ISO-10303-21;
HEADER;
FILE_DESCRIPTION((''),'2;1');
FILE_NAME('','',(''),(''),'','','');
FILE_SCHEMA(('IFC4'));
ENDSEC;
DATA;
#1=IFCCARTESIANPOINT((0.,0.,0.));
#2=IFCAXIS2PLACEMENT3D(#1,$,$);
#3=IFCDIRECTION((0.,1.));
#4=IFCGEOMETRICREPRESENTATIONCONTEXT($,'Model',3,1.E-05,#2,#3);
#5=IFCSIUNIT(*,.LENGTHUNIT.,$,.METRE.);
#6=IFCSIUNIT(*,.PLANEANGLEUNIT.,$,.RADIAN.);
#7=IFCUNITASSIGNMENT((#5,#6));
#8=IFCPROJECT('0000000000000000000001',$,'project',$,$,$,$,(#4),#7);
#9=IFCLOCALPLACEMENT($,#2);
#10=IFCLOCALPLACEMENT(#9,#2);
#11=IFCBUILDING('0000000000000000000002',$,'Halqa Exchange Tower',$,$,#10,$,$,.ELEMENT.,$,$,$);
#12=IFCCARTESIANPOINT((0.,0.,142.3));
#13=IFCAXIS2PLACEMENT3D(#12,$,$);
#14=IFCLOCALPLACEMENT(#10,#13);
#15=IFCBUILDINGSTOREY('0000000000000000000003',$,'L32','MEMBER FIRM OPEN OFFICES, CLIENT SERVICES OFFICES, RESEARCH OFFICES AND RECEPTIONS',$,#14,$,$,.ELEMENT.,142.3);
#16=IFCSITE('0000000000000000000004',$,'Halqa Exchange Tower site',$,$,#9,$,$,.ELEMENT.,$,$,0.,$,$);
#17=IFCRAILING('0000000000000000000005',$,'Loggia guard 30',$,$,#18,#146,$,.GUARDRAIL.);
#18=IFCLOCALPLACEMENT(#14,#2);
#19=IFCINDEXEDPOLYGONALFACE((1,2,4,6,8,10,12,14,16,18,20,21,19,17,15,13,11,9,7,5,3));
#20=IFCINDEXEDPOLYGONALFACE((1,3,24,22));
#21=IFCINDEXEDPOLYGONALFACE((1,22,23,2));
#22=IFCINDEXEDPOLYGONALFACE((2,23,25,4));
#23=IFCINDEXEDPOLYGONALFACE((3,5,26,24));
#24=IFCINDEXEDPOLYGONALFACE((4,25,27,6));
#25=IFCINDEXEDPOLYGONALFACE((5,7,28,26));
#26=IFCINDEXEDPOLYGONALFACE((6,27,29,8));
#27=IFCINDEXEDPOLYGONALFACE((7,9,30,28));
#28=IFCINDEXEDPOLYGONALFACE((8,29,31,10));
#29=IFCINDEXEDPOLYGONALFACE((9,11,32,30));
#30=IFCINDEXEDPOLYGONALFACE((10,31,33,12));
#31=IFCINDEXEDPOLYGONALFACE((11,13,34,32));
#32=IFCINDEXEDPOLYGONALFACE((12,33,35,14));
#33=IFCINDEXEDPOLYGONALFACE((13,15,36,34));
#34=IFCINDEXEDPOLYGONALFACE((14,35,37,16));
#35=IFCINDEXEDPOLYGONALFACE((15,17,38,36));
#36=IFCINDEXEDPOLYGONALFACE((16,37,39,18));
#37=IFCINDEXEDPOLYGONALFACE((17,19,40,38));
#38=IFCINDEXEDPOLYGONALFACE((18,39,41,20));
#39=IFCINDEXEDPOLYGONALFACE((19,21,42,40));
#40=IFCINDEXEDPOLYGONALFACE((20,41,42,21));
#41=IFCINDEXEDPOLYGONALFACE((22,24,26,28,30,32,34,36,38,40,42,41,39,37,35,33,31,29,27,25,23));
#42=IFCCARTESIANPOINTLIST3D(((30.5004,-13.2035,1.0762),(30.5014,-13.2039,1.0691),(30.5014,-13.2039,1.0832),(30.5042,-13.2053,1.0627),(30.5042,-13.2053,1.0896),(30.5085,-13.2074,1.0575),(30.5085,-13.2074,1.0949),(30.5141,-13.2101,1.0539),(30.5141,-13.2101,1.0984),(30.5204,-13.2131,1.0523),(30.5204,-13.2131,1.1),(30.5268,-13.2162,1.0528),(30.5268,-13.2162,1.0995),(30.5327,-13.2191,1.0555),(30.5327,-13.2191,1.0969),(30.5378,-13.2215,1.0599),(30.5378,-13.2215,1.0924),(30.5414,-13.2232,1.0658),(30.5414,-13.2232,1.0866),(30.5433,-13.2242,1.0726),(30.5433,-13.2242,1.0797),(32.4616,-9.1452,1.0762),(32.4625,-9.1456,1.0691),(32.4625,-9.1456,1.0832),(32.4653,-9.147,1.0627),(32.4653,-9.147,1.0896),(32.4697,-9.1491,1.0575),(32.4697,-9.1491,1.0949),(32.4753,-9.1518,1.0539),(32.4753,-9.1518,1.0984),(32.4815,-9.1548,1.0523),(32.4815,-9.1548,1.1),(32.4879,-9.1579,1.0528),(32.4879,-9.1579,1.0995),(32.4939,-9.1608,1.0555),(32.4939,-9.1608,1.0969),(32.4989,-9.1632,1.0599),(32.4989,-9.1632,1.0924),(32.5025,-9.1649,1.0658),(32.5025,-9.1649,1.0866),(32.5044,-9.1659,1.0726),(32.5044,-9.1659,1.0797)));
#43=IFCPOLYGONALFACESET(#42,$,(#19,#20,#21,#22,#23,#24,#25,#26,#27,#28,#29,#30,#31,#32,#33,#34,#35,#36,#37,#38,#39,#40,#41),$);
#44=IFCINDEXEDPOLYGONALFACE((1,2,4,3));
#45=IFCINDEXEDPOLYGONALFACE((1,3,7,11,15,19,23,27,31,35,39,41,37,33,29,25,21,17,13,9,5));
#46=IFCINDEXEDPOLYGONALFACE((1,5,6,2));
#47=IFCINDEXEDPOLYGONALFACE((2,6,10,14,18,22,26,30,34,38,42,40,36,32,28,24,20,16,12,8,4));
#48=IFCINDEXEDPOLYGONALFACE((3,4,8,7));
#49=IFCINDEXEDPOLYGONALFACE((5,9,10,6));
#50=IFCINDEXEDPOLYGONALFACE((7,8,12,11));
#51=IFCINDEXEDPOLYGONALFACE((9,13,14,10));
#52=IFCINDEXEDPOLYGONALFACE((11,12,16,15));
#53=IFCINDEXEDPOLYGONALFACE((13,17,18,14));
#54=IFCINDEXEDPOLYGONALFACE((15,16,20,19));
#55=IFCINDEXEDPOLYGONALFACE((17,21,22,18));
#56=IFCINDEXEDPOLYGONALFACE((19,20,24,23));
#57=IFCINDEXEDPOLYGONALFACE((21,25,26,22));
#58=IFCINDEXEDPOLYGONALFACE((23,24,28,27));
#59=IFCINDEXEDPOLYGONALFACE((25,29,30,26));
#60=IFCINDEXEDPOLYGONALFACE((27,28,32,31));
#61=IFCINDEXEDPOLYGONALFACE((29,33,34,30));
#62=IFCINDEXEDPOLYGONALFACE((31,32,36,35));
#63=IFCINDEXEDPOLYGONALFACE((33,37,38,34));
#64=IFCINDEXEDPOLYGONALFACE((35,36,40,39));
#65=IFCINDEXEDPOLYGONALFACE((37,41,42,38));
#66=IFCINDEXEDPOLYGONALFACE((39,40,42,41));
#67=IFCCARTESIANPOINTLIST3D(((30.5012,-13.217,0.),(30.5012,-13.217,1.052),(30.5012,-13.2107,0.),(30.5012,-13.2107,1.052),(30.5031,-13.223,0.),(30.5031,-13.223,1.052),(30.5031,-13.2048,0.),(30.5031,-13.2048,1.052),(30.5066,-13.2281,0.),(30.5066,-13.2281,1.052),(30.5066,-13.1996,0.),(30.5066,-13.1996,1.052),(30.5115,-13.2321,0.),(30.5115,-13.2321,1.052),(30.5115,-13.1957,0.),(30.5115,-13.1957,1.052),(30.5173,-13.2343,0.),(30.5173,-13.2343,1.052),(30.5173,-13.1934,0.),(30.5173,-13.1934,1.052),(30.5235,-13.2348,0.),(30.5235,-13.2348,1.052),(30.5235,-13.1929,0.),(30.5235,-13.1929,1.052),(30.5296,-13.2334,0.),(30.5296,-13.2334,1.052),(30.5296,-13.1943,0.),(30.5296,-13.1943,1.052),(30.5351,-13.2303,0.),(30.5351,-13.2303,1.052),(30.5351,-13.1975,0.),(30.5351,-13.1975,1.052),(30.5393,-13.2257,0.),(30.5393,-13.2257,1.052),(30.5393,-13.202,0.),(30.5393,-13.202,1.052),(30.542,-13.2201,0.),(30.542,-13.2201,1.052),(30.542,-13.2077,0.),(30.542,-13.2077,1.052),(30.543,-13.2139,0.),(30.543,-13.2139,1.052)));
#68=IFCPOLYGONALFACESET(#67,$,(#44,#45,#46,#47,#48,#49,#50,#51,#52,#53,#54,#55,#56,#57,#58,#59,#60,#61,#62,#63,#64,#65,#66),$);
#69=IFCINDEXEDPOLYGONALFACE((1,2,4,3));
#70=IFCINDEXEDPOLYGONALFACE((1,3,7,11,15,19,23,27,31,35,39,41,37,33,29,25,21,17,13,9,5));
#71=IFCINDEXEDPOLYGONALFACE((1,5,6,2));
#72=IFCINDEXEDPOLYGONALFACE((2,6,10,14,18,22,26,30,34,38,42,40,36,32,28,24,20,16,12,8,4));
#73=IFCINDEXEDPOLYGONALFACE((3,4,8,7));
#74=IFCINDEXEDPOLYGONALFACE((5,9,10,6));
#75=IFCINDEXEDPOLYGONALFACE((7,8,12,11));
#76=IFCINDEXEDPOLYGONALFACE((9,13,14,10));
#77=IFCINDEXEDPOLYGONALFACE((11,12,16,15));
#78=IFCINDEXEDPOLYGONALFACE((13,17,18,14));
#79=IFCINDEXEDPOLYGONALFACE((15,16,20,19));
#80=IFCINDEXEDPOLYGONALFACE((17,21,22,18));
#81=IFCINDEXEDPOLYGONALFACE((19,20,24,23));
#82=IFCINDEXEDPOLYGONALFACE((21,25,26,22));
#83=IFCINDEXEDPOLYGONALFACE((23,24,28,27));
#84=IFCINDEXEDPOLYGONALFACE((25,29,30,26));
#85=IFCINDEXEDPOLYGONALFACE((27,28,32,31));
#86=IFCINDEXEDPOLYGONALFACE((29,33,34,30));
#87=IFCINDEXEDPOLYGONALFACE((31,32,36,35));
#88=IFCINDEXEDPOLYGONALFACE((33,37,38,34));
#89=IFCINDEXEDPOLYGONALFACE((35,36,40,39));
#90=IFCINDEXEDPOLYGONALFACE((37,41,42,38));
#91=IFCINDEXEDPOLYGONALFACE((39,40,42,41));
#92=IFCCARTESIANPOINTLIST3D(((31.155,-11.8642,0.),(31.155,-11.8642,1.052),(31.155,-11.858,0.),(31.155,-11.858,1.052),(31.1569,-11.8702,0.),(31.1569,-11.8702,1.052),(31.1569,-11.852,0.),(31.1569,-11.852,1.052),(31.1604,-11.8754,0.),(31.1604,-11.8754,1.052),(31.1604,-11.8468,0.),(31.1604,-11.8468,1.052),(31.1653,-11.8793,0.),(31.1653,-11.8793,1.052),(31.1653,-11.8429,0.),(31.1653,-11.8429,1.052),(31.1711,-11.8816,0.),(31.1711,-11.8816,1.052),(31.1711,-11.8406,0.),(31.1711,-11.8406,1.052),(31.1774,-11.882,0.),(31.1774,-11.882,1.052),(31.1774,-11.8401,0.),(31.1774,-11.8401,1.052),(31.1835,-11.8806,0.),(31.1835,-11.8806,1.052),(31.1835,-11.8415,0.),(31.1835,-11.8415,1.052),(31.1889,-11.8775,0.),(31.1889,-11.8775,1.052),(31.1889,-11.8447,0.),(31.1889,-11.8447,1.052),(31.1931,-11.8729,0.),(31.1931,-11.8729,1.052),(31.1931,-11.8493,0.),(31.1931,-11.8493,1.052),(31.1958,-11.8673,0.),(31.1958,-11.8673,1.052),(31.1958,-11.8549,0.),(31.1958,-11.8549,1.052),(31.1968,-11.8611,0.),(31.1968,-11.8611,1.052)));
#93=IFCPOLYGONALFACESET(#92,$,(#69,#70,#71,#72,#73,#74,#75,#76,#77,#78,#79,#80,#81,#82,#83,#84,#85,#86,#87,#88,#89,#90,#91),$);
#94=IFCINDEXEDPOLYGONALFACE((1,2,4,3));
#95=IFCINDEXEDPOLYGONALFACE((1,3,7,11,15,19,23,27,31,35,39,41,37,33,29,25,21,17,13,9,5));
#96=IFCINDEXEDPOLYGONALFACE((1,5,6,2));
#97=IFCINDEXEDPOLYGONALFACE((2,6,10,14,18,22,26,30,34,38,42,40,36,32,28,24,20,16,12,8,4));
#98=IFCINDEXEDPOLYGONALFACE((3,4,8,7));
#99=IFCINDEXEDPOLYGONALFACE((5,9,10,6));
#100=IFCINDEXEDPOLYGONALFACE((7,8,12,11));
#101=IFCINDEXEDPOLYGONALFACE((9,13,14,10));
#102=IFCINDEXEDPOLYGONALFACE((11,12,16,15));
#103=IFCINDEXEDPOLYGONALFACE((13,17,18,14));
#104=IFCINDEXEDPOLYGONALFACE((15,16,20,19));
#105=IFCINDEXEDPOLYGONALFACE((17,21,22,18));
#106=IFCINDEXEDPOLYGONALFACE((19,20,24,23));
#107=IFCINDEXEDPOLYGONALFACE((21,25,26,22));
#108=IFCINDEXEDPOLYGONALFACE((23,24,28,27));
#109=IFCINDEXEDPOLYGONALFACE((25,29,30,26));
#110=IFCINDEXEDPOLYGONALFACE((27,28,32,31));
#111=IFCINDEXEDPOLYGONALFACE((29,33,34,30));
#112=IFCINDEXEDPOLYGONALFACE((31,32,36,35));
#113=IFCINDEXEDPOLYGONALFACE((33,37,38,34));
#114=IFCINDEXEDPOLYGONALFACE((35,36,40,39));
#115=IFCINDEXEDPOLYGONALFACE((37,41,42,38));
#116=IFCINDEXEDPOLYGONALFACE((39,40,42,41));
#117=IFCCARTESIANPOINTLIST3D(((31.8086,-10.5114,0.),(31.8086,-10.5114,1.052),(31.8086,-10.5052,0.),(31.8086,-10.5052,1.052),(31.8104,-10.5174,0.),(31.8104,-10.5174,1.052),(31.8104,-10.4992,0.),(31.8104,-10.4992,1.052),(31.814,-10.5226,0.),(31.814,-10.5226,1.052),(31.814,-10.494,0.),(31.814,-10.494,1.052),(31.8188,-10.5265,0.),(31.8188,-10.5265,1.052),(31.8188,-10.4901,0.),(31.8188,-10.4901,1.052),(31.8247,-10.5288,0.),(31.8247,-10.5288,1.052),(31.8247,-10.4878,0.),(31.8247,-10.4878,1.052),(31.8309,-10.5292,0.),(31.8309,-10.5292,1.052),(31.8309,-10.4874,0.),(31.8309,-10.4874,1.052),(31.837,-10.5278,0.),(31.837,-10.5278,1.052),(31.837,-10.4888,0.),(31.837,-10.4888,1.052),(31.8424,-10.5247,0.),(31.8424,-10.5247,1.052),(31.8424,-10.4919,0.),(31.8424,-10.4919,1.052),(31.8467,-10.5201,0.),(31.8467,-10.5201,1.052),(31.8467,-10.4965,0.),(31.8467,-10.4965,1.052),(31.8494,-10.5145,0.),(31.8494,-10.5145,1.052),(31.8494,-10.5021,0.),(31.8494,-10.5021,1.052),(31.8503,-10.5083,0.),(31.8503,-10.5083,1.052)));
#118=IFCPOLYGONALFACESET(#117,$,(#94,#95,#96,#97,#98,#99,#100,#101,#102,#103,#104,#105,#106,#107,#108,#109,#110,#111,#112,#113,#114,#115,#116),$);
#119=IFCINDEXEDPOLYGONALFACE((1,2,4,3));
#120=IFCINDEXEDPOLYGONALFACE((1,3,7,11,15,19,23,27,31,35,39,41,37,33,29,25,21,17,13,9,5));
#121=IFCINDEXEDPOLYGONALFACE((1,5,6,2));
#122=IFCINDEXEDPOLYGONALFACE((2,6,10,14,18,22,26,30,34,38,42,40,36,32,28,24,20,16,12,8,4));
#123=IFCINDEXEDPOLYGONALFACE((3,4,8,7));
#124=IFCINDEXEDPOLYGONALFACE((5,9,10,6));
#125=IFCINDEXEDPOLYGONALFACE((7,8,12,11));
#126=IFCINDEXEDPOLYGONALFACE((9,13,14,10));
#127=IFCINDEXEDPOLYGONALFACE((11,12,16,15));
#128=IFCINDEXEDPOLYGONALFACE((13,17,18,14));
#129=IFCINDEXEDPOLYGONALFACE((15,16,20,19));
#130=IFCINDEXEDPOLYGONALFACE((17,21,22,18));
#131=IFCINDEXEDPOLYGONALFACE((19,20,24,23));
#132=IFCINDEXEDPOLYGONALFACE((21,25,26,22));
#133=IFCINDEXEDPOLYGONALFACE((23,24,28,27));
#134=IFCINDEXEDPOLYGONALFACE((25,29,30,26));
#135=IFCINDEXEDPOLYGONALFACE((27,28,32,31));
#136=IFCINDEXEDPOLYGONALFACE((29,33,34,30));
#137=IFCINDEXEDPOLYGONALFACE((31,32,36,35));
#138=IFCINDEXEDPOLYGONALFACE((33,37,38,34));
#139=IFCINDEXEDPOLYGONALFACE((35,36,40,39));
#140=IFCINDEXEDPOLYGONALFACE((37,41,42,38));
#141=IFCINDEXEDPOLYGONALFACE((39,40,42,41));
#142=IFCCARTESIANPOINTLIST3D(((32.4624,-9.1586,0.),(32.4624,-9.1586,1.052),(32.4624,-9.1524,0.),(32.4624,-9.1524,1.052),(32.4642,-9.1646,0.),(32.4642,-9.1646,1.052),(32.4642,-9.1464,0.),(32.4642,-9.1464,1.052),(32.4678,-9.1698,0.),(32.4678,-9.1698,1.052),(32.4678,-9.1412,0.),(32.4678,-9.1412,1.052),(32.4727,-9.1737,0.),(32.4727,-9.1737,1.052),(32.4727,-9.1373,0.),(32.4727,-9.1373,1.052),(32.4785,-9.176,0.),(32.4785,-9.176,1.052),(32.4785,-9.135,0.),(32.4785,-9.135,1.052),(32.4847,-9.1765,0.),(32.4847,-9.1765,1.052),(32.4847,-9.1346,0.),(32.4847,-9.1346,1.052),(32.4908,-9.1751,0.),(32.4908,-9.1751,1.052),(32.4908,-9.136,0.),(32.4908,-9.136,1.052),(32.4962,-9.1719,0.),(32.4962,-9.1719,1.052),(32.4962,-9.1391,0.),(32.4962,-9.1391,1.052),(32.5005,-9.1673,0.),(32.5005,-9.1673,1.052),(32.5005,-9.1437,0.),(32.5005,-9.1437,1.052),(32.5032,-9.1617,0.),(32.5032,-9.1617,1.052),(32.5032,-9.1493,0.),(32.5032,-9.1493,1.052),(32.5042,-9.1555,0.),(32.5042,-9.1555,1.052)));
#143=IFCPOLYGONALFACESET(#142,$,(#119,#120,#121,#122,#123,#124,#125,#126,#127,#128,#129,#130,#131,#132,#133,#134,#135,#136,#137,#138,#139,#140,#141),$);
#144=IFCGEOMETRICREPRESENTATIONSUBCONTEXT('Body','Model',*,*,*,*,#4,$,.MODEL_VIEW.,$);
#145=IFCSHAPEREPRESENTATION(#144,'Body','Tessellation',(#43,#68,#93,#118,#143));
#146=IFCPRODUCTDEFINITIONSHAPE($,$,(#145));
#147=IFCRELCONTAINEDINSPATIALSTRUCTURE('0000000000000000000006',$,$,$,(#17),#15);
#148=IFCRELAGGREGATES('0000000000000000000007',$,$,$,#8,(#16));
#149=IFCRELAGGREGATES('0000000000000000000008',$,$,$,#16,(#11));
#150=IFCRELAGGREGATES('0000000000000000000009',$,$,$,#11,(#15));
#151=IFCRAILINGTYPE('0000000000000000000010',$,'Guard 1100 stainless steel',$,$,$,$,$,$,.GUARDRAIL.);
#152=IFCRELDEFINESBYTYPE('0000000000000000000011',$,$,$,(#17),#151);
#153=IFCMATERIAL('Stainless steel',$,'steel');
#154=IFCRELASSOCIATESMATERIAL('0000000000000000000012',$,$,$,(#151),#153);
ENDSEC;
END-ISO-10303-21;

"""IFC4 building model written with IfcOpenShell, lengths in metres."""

from ifc_helpers import new_model, si_unit, direction, frame, origin, origin_2d, place, context, subcontext, project, spatial, circle, extrude, material, type_object, element, save


model = new_model("IFC4")

# Units and contexts
model_context = context("Model", 3, precision=1e-05, world=origin(), true_north=direction((0.0, 1.0)))
body_context = subcontext(model_context, "Body", "Model", "MODEL_VIEW")
ifc_project = project(units=[si_unit("LENGTHUNIT", "METRE"), si_unit("PLANEANGLEUNIT", "RADIAN")], contexts=[model_context])

# Site, building, storey
site_placement = place(None, origin())
site = spatial("IfcSite", under=ifc_project, at=site_placement, Name="Halqa Exchange Tower site", CompositionType="ELEMENT", RefElevation=0.0)
building_placement = place(site_placement, origin())
building = spatial("IfcBuilding", under=site, at=building_placement, Name="Halqa Exchange Tower", CompositionType="ELEMENT")
storey_placement = place(building_placement, frame((0.0, 0.0, 142.3)))
storey = spatial("IfcBuildingStorey", under=building, at=storey_placement, Name="L32", Description="MEMBER FIRM OPEN OFFICES, CLIENT SERVICES OFFICES, RESEARCH OFFICES AND RECEPTIONS", CompositionType="ELEMENT", Elevation=142.3)

# Railing
ifc_material_1 = material(Name="Stainless steel", Category="steel")
railing_type = type_object("IfcRailingType", Name="Guard 1100 stainless steel", PredefinedType="GUARDRAIL", material=ifc_material_1)
railing_1_placement = place(storey_placement, frame((30.522, -13.2139, 0.0)))
element("IfcRailing", 1, at=railing_1_placement, inside=storey, type_object=railing_type, Name="Loggia guard 30", PredefinedType="GUARDRAIL", context=body_context, shape_type="SweptSolid", body=[
    extrude(circle(Radius=0.0239, at=origin_2d()), frame((0.0, 0.0, 1.0762), z_axis=(0.435105, 0.90038, 0.0), x_axis=(-0.90038, 0.435105, 0.0)), (0.0, 0.0, 1.0), 4.5073),
    extrude(circle(Radius=0.021, at=origin_2d()), origin(), (0.0, 0.0, 1.0), 1.052),
    extrude(circle(Radius=0.021, at=origin_2d()), frame((0.6538, 1.3528, 0.0)), (0.0, 0.0, 1.0), 1.052),
    extrude(circle(Radius=0.021, at=origin_2d()), frame((1.3074, 2.7056, 0.0)), (0.0, 0.0, 1.0), 1.052),
    extrude(circle(Radius=0.021, at=origin_2d()), frame((1.9612, 4.0583, 0.0)), (0.0, 0.0, 1.0), 1.052),
])

save(model, "model.ifc")
